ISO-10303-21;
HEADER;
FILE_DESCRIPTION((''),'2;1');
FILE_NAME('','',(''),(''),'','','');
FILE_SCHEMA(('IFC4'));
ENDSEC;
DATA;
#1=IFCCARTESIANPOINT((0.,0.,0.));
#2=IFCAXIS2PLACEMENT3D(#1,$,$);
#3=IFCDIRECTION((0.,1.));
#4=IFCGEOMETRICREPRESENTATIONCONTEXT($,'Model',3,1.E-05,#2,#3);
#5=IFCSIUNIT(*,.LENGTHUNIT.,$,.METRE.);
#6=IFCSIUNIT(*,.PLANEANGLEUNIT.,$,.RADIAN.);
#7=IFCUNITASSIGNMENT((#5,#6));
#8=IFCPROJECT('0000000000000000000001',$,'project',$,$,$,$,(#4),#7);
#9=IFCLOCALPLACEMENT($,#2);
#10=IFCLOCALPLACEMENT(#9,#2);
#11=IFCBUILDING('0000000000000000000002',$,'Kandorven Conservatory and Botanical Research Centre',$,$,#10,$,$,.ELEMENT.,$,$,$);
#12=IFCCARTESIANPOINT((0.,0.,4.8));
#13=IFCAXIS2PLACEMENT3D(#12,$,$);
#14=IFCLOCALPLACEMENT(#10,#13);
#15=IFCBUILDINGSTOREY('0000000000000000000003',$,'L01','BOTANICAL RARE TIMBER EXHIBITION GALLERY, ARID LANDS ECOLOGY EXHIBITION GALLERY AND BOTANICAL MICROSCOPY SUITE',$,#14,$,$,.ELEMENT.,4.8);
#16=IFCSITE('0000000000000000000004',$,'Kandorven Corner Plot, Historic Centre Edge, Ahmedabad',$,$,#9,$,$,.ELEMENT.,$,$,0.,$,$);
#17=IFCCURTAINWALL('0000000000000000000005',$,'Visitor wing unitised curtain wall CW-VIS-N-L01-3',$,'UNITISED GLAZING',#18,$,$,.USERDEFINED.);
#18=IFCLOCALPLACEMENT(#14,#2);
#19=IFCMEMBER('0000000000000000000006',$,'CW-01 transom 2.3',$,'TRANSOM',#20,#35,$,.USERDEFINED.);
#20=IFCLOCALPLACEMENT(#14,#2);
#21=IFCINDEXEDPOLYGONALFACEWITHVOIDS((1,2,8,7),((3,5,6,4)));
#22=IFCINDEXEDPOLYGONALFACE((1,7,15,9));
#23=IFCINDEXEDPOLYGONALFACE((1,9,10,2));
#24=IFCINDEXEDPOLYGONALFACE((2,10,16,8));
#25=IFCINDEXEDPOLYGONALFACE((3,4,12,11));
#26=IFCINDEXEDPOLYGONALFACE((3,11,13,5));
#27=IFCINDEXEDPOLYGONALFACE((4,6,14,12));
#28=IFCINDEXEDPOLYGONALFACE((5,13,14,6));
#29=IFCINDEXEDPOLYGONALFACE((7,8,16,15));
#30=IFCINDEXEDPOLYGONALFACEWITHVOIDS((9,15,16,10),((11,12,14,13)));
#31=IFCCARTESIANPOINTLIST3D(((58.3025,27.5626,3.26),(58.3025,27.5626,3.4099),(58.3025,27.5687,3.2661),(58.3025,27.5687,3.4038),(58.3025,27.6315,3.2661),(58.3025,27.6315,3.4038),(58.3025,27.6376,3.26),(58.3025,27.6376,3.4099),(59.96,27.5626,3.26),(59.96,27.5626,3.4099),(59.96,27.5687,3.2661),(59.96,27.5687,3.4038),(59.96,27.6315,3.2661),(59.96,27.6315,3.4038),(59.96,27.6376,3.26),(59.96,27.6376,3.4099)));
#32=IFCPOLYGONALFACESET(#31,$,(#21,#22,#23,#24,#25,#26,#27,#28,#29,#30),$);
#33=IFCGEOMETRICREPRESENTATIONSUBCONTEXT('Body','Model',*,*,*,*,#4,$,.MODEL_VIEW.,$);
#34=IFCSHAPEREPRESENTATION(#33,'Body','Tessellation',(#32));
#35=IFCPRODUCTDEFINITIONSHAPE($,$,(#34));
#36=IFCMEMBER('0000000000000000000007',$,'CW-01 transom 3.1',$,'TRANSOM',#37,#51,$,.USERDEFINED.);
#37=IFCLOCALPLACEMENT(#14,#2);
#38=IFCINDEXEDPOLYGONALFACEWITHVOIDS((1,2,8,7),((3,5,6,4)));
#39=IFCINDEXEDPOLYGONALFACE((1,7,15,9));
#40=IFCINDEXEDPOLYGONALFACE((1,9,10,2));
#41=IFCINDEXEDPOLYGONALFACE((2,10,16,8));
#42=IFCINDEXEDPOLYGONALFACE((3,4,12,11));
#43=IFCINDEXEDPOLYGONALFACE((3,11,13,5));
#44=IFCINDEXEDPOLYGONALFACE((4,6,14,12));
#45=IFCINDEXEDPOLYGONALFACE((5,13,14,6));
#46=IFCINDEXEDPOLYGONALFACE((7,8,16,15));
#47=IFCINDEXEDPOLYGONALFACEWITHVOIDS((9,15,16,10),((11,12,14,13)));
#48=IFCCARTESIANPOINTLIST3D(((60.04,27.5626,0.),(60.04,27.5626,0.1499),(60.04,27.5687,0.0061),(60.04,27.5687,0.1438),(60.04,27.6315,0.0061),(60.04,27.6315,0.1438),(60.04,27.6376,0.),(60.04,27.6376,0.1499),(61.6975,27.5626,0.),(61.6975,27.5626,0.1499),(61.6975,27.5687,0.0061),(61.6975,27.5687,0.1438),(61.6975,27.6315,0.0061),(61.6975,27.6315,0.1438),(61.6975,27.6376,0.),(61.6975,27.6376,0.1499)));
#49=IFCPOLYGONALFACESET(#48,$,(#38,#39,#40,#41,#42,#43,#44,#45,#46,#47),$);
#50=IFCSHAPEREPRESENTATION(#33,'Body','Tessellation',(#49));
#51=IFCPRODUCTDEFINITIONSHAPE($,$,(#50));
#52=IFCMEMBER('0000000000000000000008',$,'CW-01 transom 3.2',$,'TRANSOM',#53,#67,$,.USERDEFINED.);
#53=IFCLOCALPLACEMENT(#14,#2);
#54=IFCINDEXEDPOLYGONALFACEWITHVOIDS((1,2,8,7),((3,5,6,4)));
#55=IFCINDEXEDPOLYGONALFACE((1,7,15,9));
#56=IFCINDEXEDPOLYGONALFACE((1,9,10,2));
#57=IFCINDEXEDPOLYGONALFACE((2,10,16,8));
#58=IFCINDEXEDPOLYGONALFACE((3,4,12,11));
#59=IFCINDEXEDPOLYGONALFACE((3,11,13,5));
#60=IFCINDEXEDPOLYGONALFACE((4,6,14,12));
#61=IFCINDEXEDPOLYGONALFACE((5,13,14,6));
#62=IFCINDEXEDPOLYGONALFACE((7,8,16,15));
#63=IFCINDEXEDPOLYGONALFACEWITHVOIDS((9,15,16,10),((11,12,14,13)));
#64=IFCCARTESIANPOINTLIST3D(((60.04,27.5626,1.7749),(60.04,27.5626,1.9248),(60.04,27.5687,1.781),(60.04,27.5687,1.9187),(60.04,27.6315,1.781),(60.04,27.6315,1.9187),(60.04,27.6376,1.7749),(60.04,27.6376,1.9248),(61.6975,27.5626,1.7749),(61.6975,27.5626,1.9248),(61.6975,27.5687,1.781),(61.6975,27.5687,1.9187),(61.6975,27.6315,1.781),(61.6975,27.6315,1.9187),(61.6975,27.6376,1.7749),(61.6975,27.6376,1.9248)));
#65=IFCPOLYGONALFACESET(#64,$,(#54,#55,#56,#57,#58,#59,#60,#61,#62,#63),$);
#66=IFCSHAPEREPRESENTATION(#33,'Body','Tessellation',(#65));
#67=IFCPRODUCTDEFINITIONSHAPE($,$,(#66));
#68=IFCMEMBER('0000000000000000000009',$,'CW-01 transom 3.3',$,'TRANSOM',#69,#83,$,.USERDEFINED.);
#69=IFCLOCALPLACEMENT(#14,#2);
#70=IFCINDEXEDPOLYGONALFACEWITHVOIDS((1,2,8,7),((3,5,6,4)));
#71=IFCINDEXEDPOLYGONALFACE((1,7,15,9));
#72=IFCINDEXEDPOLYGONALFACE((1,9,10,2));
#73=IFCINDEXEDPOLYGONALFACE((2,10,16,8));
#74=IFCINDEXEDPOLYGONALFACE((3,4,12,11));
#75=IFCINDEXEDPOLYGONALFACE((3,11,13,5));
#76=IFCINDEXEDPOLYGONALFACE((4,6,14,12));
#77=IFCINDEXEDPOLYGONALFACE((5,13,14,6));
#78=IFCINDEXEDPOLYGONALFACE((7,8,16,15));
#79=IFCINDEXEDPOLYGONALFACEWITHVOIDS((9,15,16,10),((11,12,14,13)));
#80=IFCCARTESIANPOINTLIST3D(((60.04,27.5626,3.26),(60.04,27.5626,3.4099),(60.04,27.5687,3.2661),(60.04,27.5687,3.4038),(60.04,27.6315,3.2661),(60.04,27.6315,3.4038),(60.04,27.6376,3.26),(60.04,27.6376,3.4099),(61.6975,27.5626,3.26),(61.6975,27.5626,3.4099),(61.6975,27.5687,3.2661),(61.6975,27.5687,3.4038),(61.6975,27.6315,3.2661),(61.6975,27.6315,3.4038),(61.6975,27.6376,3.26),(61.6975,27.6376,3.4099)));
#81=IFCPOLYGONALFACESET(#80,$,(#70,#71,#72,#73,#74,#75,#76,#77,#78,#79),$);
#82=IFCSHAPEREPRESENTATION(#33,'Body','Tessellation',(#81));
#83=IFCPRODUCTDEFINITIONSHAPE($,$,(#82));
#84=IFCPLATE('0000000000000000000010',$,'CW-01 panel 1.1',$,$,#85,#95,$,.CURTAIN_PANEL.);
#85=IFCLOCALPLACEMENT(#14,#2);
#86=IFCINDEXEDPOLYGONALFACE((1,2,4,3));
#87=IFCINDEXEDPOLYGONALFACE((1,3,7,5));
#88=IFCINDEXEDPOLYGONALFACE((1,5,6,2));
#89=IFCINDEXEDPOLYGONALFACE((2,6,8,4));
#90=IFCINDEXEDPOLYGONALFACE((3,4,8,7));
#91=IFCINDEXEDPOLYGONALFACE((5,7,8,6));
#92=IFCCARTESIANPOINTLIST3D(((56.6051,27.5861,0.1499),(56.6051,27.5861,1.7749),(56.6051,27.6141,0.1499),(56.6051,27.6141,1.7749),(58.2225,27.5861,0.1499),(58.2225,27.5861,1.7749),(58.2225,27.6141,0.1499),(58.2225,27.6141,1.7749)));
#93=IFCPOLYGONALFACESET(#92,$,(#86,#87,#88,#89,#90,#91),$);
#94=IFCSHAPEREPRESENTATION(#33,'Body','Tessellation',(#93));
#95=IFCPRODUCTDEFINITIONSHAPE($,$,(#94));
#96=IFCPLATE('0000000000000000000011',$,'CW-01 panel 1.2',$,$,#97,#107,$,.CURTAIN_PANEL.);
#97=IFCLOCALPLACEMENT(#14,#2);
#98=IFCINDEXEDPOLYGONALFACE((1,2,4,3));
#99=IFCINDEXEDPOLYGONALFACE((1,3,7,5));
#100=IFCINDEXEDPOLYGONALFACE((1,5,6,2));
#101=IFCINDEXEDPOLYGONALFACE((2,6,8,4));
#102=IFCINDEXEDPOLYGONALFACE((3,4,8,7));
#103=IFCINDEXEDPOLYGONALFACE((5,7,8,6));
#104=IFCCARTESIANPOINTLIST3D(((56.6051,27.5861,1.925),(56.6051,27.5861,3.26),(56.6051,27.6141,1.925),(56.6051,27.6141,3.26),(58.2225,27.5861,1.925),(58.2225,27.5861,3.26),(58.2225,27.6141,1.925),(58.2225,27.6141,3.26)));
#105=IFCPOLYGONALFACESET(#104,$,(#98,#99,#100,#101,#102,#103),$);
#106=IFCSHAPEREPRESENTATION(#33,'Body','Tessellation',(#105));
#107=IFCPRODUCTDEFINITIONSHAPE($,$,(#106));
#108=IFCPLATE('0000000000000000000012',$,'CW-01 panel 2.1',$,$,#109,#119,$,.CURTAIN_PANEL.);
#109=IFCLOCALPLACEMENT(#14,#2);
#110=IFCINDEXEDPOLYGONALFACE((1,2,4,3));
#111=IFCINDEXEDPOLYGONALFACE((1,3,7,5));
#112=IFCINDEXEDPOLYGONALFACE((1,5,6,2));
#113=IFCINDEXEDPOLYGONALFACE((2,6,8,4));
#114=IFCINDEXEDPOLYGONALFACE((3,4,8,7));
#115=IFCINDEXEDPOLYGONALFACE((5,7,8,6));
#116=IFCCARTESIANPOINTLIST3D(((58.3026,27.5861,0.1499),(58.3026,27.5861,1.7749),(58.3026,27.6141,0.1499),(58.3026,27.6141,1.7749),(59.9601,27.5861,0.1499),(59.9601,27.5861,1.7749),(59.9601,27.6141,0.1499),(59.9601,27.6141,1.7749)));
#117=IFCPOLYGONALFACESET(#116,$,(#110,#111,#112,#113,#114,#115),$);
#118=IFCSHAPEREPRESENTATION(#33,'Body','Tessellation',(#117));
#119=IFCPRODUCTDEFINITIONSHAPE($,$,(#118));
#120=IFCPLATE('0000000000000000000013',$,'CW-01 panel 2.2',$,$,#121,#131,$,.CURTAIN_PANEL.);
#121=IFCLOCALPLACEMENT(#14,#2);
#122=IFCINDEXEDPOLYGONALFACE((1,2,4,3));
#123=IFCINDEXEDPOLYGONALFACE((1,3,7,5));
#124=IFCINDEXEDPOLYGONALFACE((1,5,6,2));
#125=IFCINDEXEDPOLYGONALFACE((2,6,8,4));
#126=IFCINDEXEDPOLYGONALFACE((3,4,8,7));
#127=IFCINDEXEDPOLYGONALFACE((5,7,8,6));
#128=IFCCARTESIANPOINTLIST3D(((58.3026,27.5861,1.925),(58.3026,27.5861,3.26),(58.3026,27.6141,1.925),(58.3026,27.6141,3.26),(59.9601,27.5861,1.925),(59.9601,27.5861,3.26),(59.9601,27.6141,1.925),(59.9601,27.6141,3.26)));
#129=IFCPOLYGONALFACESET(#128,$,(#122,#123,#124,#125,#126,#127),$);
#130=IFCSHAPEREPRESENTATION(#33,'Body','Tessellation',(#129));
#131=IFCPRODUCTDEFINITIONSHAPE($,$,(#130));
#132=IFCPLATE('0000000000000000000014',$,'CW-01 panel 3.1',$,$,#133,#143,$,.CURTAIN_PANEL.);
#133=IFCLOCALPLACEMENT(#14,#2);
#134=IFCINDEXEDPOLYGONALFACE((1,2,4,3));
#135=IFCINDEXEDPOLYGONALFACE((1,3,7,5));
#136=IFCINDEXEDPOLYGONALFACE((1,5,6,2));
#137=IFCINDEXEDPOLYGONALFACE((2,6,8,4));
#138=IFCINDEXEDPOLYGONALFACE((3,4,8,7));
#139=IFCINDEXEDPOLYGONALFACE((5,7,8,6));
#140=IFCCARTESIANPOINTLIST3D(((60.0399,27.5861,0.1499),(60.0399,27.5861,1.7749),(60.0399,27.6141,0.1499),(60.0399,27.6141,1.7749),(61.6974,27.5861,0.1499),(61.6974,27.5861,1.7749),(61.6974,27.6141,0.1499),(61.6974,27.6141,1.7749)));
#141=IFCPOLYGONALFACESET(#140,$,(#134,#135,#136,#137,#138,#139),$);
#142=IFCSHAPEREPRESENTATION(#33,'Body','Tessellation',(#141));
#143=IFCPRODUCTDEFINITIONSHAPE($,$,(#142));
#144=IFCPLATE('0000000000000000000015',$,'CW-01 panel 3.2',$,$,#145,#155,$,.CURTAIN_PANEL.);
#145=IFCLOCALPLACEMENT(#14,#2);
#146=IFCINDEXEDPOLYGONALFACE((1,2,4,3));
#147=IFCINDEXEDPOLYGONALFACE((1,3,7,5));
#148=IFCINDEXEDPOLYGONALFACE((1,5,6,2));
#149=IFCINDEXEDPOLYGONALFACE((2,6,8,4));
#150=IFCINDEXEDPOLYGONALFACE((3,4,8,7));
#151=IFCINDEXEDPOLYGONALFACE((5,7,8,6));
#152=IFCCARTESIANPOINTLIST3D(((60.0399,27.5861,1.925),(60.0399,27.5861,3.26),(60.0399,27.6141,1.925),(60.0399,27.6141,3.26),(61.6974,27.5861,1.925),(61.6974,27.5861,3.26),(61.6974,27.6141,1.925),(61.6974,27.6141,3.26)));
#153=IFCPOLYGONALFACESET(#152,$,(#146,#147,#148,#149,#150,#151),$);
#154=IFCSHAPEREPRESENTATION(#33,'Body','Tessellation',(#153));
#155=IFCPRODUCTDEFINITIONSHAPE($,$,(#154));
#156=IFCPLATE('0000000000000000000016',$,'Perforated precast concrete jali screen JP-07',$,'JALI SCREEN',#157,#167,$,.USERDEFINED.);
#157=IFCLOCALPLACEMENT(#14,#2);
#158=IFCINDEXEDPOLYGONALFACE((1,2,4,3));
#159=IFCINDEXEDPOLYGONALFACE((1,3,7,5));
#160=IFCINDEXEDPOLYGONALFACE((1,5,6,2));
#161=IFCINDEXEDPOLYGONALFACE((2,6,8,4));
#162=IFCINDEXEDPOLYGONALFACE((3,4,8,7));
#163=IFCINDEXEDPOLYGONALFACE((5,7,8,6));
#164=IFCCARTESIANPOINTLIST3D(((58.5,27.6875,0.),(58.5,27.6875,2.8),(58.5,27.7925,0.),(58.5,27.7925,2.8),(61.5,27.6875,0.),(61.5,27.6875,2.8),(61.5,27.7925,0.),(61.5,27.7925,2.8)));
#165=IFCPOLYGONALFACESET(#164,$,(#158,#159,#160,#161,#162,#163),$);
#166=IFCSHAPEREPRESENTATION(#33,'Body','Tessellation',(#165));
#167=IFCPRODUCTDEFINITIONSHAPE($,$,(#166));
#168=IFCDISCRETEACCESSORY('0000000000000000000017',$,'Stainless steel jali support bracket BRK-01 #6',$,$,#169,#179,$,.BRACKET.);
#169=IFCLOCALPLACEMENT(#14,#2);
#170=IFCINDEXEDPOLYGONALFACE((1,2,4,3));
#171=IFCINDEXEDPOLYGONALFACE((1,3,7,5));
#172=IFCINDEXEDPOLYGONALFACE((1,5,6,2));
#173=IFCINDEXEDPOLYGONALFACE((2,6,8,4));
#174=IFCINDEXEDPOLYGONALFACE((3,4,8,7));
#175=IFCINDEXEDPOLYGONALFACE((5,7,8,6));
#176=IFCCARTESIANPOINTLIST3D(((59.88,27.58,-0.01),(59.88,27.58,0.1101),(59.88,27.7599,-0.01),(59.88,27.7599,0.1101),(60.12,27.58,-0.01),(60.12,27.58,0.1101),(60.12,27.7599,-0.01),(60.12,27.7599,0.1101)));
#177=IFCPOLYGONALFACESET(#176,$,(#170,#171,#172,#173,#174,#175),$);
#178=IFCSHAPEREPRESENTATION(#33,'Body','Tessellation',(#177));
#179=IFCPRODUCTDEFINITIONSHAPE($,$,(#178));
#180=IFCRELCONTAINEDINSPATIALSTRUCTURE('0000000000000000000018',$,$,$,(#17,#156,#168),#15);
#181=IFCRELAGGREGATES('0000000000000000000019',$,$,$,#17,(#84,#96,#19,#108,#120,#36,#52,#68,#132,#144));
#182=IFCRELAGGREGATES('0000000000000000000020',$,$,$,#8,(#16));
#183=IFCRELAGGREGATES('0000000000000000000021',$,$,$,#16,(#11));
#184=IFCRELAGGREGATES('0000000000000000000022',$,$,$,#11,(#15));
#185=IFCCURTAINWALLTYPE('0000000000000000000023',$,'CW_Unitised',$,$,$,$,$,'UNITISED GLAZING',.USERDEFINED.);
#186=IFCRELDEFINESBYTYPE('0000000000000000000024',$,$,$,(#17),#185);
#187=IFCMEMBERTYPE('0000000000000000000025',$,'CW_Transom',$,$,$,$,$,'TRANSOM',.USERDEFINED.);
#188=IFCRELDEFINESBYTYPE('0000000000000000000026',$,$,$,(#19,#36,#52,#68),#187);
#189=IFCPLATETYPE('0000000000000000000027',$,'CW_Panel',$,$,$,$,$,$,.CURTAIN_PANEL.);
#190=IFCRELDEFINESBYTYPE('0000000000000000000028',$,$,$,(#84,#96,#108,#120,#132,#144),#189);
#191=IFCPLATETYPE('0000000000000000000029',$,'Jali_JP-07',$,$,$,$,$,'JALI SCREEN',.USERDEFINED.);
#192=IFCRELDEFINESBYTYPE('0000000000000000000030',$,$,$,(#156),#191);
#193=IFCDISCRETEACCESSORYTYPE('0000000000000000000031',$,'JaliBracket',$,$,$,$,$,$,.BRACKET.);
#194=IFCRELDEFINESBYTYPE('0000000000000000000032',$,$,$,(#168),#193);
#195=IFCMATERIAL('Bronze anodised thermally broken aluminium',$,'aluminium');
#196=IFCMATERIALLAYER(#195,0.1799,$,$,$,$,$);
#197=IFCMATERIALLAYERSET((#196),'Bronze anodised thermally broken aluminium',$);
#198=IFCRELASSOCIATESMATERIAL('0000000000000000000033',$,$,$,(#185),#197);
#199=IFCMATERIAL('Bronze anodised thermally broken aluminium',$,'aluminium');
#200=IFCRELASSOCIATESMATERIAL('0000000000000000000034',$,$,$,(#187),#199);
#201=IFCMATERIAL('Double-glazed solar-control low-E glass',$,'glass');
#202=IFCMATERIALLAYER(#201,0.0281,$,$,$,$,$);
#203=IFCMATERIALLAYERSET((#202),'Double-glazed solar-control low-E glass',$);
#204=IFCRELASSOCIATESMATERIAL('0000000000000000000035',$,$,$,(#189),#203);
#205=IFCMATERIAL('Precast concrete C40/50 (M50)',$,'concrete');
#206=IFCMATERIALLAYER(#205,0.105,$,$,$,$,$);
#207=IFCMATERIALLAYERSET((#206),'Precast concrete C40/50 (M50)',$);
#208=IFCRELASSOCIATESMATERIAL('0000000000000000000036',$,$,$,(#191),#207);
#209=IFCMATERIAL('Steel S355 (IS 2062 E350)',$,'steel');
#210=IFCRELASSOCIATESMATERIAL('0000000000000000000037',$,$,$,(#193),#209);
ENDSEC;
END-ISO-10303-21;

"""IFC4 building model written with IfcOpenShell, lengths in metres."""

from ifc_helpers import new_model, si_unit, direction, frame, origin, origin_2d, place, context, subcontext, project, spatial, rectangle, hollow_rectangle, extrude, material, layer, layer_set, material_profile, profile_set, type_object, element, aggregate, save


model = new_model("IFC4")

# Units and contexts
model_context = context("Model", 3, precision=1e-05, world=origin(), true_north=direction((0.0, 1.0)))
body_context = subcontext(model_context, "Body", "Model", "MODEL_VIEW")
ifc_project = project(units=[si_unit("LENGTHUNIT", "METRE"), si_unit("PLANEANGLEUNIT", "RADIAN")], contexts=[model_context])

# Site, building, storey
site_placement = place(None, origin())
site = spatial("IfcSite", under=ifc_project, at=site_placement, Name="Kandorven Corner Plot, Historic Centre Edge, Ahmedabad", CompositionType="ELEMENT", RefElevation=0.0)
building_placement = place(site_placement, origin())
building = spatial("IfcBuilding", under=site, at=building_placement, Name="Kandorven Conservatory and Botanical Research Centre", CompositionType="ELEMENT")
storey_placement = place(building_placement, frame((0.0, 0.0, 4.8)))
storey = spatial("IfcBuildingStorey", under=building, at=storey_placement, Name="L01", Description="BOTANICAL RARE TIMBER EXHIBITION GALLERY, ARID LANDS ECOLOGY EXHIBITION GALLERY AND BOTANICAL MICROSCOPY SUITE", CompositionType="ELEMENT", Elevation=4.8)

# Curtain wall, members, plates
ifc_material_1 = material(Name="Bronze anodised thermally broken aluminium", Category="aluminium")
ifc_layer_1 = layer(ifc_material_1, 0.1799)
ifc_layer_set_1 = layer_set([ifc_layer_1], Name="Bronze anodised thermally broken aluminium")
curtain_wall_type = type_object("IfcCurtainWallType", Name="CW_Unitised", ElementType="UNITISED GLAZING", PredefinedType="USERDEFINED", material=ifc_layer_set_1)
curtain_wall_placement = place(storey_placement, origin())
curtain_wall = element("IfcCurtainWall", 1, at=curtain_wall_placement, inside=storey, type_object=curtain_wall_type, Name="Visitor wing unitised curtain wall CW-VIS-N-L01-3", ObjectType="UNITISED GLAZING", PredefinedType="USERDEFINED")
ifc_material_2 = material(Name="Bronze anodised thermally broken aluminium", Category="aluminium")
ifc_material_profile_1 = material_profile(ifc_material_2, hollow_rectangle(XDim=0.075, YDim=0.1499, WallThickness=0.0061, at=origin_2d()))
ifc_profile_set_1 = profile_set([ifc_material_profile_1], Name="Bronze anodised thermally broken aluminium")
member_type_1 = type_object("IfcMemberType", Name="CW_Transom", ElementType="TRANSOM", PredefinedType="USERDEFINED", material=ifc_profile_set_1)
member_1_placement = place(storey_placement, frame((58.3025, 27.6001, 3.335), z_axis=(1.0, 0.0, 0.0), x_axis=(0.0, 1.0, 0.0)))
member_1 = element("IfcMember", 2, at=member_1_placement, type_object=member_type_1, Name="CW-01 transom 2.3", ObjectType="TRANSOM", PredefinedType="USERDEFINED", context=body_context, shape_type="SweptSolid", body=[
    extrude(hollow_rectangle(XDim=0.075, YDim=0.1499, WallThickness=0.0061, at=origin_2d()), origin(), (0.0, 0.0, 1.0), 1.6575),
])
member_2_placement = place(storey_placement, frame((60.04, 27.6001, 0.075), z_axis=(1.0, 0.0, 0.0), x_axis=(0.0, 1.0, 0.0)))
member_2 = element("IfcMember", 3, at=member_2_placement, type_object=member_type_1, Name="CW-01 transom 3.1", ObjectType="TRANSOM", PredefinedType="USERDEFINED", context=body_context, shape_type="SweptSolid", body=[
    extrude(hollow_rectangle(XDim=0.075, YDim=0.1499, WallThickness=0.0061, at=origin_2d()), origin(), (0.0, 0.0, 1.0), 1.6575),
])
member_3_placement = place(storey_placement, frame((60.04, 27.6001, 1.8499), z_axis=(1.0, 0.0, 0.0), x_axis=(0.0, 1.0, 0.0)))
member_3 = element("IfcMember", 4, at=member_3_placement, type_object=member_type_1, Name="CW-01 transom 3.2", ObjectType="TRANSOM", PredefinedType="USERDEFINED", context=body_context, shape_type="SweptSolid", body=[
    extrude(hollow_rectangle(XDim=0.075, YDim=0.1499, WallThickness=0.0061, at=origin_2d()), origin(), (0.0, 0.0, 1.0), 1.6575),
])
member_4_placement = place(storey_placement, frame((60.04, 27.6001, 3.335), z_axis=(1.0, 0.0, 0.0), x_axis=(0.0, 1.0, 0.0)))
member_4 = element("IfcMember", 5, at=member_4_placement, type_object=member_type_1, Name="CW-01 transom 3.3", ObjectType="TRANSOM", PredefinedType="USERDEFINED", context=body_context, shape_type="SweptSolid", body=[
    extrude(hollow_rectangle(XDim=0.075, YDim=0.1499, WallThickness=0.0061, at=origin_2d()), origin(), (0.0, 0.0, 1.0), 1.6575),
])
ifc_material_3 = material(Name="Double-glazed solar-control low-E glass", Category="glass")
ifc_layer_2 = layer(ifc_material_3, 0.0281)
ifc_layer_set_2 = layer_set([ifc_layer_2], Name="Double-glazed solar-control low-E glass")
plate_type_1 = type_object("IfcPlateType", Name="CW_Panel", PredefinedType="CURTAIN_PANEL", material=ifc_layer_set_2)
plate_1_placement = place(storey_placement, frame((57.4138, 27.6001, 0.1499), z_axis=(0.0, 0.0, 1.0), x_axis=(1.0, 0.0, 0.0)))
plate_1 = element("IfcPlate", 6, at=plate_1_placement, type_object=plate_type_1, Name="CW-01 panel 1.1", PredefinedType="CURTAIN_PANEL", context=body_context, shape_type="SweptSolid", body=[
    extrude(rectangle(XDim=1.6174, YDim=0.0281, at=origin_2d()), origin(), (0.0, 0.0, 1.0), 1.625),
])
plate_2_placement = place(storey_placement, frame((57.4138, 27.6001, 1.925), z_axis=(0.0, 0.0, 1.0), x_axis=(1.0, 0.0, 0.0)))
plate_2 = element("IfcPlate", 7, at=plate_2_placement, type_object=plate_type_1, Name="CW-01 panel 1.2", PredefinedType="CURTAIN_PANEL", context=body_context, shape_type="SweptSolid", body=[
    extrude(rectangle(XDim=1.6174, YDim=0.0281, at=origin_2d()), origin(), (0.0, 0.0, 1.0), 1.335),
])
plate_3_placement = place(storey_placement, frame((59.1313, 27.6001, 0.1499), z_axis=(0.0, 0.0, 1.0), x_axis=(1.0, 0.0, 0.0)))
plate_3 = element("IfcPlate", 8, at=plate_3_placement, type_object=plate_type_1, Name="CW-01 panel 2.1", PredefinedType="CURTAIN_PANEL", context=body_context, shape_type="SweptSolid", body=[
    extrude(rectangle(XDim=1.6575, YDim=0.0281, at=origin_2d()), origin(), (0.0, 0.0, 1.0), 1.625),
])
plate_4_placement = place(storey_placement, frame((59.1313, 27.6001, 1.925), z_axis=(0.0, 0.0, 1.0), x_axis=(1.0, 0.0, 0.0)))
plate_4 = element("IfcPlate", 9, at=plate_4_placement, type_object=plate_type_1, Name="CW-01 panel 2.2", PredefinedType="CURTAIN_PANEL", context=body_context, shape_type="SweptSolid", body=[
    extrude(rectangle(XDim=1.6575, YDim=0.0281, at=origin_2d()), origin(), (0.0, 0.0, 1.0), 1.335),
])
plate_5_placement = place(storey_placement, frame((60.8687, 27.6001, 0.1499), z_axis=(0.0, 0.0, 1.0), x_axis=(1.0, 0.0, 0.0)))
plate_5 = element("IfcPlate", 10, at=plate_5_placement, type_object=plate_type_1, Name="CW-01 panel 3.1", PredefinedType="CURTAIN_PANEL", context=body_context, shape_type="SweptSolid", body=[
    extrude(rectangle(XDim=1.6575, YDim=0.0281, at=origin_2d()), origin(), (0.0, 0.0, 1.0), 1.625),
])
plate_6_placement = place(storey_placement, frame((60.8687, 27.6001, 1.925), z_axis=(0.0, 0.0, 1.0), x_axis=(1.0, 0.0, 0.0)))
plate_6 = element("IfcPlate", 11, at=plate_6_placement, type_object=plate_type_1, Name="CW-01 panel 3.2", PredefinedType="CURTAIN_PANEL", context=body_context, shape_type="SweptSolid", body=[
    extrude(rectangle(XDim=1.6575, YDim=0.0281, at=origin_2d()), origin(), (0.0, 0.0, 1.0), 1.335),
])
aggregate(curtain_wall, [plate_1, plate_2, member_1, plate_3, plate_4, member_2, member_3, member_4, plate_5, plate_6])

# Plate
ifc_material_4 = material(Name="Precast concrete C40/50 (M50)", Category="concrete")
ifc_layer_3 = layer(ifc_material_4, 0.105)
ifc_layer_set_3 = layer_set([ifc_layer_3], Name="Precast concrete C40/50 (M50)")
plate_type_2 = type_object("IfcPlateType", Name="Jali_JP-07", ElementType="JALI SCREEN", PredefinedType="USERDEFINED", material=ifc_layer_set_3)
plate_7_placement = place(storey_placement, frame((60.0, 27.74, 0.0), z_axis=(0.0, 0.0, 1.0), x_axis=(1.0, 0.0, 0.0)))
element("IfcPlate", 12, at=plate_7_placement, inside=storey, type_object=plate_type_2, Name="Perforated precast concrete jali screen JP-07", ObjectType="JALI SCREEN", PredefinedType="USERDEFINED", context=body_context, shape_type="SweptSolid", body=[
    extrude(rectangle(XDim=3.0, YDim=0.105, at=origin_2d()), origin(), (0.0, 0.0, 1.0), 2.8),
])

# Discrete accessory
ifc_material_5 = material(Name="Steel S355 (IS 2062 E350)", Category="steel")
discrete_accessory_type = type_object("IfcDiscreteAccessoryType", Name="JaliBracket", PredefinedType="BRACKET", material=ifc_material_5)
discrete_accessory_placement = place(storey_placement, frame((60.0, 27.6699, -0.01), z_axis=(0.0, 0.0, 1.0), x_axis=(1.0, 0.0, 0.0)))
element("IfcDiscreteAccessory", 13, at=discrete_accessory_placement, inside=storey, type_object=discrete_accessory_type, Name="Stainless steel jali support bracket BRK-01 #6", PredefinedType="BRACKET", context=body_context, shape_type="SweptSolid", body=[
    extrude(rectangle(XDim=0.24, YDim=0.1799, at=origin_2d()), origin(), (0.0, 0.0, 1.0), 0.1201),
])

save(model, "model.ifc")
